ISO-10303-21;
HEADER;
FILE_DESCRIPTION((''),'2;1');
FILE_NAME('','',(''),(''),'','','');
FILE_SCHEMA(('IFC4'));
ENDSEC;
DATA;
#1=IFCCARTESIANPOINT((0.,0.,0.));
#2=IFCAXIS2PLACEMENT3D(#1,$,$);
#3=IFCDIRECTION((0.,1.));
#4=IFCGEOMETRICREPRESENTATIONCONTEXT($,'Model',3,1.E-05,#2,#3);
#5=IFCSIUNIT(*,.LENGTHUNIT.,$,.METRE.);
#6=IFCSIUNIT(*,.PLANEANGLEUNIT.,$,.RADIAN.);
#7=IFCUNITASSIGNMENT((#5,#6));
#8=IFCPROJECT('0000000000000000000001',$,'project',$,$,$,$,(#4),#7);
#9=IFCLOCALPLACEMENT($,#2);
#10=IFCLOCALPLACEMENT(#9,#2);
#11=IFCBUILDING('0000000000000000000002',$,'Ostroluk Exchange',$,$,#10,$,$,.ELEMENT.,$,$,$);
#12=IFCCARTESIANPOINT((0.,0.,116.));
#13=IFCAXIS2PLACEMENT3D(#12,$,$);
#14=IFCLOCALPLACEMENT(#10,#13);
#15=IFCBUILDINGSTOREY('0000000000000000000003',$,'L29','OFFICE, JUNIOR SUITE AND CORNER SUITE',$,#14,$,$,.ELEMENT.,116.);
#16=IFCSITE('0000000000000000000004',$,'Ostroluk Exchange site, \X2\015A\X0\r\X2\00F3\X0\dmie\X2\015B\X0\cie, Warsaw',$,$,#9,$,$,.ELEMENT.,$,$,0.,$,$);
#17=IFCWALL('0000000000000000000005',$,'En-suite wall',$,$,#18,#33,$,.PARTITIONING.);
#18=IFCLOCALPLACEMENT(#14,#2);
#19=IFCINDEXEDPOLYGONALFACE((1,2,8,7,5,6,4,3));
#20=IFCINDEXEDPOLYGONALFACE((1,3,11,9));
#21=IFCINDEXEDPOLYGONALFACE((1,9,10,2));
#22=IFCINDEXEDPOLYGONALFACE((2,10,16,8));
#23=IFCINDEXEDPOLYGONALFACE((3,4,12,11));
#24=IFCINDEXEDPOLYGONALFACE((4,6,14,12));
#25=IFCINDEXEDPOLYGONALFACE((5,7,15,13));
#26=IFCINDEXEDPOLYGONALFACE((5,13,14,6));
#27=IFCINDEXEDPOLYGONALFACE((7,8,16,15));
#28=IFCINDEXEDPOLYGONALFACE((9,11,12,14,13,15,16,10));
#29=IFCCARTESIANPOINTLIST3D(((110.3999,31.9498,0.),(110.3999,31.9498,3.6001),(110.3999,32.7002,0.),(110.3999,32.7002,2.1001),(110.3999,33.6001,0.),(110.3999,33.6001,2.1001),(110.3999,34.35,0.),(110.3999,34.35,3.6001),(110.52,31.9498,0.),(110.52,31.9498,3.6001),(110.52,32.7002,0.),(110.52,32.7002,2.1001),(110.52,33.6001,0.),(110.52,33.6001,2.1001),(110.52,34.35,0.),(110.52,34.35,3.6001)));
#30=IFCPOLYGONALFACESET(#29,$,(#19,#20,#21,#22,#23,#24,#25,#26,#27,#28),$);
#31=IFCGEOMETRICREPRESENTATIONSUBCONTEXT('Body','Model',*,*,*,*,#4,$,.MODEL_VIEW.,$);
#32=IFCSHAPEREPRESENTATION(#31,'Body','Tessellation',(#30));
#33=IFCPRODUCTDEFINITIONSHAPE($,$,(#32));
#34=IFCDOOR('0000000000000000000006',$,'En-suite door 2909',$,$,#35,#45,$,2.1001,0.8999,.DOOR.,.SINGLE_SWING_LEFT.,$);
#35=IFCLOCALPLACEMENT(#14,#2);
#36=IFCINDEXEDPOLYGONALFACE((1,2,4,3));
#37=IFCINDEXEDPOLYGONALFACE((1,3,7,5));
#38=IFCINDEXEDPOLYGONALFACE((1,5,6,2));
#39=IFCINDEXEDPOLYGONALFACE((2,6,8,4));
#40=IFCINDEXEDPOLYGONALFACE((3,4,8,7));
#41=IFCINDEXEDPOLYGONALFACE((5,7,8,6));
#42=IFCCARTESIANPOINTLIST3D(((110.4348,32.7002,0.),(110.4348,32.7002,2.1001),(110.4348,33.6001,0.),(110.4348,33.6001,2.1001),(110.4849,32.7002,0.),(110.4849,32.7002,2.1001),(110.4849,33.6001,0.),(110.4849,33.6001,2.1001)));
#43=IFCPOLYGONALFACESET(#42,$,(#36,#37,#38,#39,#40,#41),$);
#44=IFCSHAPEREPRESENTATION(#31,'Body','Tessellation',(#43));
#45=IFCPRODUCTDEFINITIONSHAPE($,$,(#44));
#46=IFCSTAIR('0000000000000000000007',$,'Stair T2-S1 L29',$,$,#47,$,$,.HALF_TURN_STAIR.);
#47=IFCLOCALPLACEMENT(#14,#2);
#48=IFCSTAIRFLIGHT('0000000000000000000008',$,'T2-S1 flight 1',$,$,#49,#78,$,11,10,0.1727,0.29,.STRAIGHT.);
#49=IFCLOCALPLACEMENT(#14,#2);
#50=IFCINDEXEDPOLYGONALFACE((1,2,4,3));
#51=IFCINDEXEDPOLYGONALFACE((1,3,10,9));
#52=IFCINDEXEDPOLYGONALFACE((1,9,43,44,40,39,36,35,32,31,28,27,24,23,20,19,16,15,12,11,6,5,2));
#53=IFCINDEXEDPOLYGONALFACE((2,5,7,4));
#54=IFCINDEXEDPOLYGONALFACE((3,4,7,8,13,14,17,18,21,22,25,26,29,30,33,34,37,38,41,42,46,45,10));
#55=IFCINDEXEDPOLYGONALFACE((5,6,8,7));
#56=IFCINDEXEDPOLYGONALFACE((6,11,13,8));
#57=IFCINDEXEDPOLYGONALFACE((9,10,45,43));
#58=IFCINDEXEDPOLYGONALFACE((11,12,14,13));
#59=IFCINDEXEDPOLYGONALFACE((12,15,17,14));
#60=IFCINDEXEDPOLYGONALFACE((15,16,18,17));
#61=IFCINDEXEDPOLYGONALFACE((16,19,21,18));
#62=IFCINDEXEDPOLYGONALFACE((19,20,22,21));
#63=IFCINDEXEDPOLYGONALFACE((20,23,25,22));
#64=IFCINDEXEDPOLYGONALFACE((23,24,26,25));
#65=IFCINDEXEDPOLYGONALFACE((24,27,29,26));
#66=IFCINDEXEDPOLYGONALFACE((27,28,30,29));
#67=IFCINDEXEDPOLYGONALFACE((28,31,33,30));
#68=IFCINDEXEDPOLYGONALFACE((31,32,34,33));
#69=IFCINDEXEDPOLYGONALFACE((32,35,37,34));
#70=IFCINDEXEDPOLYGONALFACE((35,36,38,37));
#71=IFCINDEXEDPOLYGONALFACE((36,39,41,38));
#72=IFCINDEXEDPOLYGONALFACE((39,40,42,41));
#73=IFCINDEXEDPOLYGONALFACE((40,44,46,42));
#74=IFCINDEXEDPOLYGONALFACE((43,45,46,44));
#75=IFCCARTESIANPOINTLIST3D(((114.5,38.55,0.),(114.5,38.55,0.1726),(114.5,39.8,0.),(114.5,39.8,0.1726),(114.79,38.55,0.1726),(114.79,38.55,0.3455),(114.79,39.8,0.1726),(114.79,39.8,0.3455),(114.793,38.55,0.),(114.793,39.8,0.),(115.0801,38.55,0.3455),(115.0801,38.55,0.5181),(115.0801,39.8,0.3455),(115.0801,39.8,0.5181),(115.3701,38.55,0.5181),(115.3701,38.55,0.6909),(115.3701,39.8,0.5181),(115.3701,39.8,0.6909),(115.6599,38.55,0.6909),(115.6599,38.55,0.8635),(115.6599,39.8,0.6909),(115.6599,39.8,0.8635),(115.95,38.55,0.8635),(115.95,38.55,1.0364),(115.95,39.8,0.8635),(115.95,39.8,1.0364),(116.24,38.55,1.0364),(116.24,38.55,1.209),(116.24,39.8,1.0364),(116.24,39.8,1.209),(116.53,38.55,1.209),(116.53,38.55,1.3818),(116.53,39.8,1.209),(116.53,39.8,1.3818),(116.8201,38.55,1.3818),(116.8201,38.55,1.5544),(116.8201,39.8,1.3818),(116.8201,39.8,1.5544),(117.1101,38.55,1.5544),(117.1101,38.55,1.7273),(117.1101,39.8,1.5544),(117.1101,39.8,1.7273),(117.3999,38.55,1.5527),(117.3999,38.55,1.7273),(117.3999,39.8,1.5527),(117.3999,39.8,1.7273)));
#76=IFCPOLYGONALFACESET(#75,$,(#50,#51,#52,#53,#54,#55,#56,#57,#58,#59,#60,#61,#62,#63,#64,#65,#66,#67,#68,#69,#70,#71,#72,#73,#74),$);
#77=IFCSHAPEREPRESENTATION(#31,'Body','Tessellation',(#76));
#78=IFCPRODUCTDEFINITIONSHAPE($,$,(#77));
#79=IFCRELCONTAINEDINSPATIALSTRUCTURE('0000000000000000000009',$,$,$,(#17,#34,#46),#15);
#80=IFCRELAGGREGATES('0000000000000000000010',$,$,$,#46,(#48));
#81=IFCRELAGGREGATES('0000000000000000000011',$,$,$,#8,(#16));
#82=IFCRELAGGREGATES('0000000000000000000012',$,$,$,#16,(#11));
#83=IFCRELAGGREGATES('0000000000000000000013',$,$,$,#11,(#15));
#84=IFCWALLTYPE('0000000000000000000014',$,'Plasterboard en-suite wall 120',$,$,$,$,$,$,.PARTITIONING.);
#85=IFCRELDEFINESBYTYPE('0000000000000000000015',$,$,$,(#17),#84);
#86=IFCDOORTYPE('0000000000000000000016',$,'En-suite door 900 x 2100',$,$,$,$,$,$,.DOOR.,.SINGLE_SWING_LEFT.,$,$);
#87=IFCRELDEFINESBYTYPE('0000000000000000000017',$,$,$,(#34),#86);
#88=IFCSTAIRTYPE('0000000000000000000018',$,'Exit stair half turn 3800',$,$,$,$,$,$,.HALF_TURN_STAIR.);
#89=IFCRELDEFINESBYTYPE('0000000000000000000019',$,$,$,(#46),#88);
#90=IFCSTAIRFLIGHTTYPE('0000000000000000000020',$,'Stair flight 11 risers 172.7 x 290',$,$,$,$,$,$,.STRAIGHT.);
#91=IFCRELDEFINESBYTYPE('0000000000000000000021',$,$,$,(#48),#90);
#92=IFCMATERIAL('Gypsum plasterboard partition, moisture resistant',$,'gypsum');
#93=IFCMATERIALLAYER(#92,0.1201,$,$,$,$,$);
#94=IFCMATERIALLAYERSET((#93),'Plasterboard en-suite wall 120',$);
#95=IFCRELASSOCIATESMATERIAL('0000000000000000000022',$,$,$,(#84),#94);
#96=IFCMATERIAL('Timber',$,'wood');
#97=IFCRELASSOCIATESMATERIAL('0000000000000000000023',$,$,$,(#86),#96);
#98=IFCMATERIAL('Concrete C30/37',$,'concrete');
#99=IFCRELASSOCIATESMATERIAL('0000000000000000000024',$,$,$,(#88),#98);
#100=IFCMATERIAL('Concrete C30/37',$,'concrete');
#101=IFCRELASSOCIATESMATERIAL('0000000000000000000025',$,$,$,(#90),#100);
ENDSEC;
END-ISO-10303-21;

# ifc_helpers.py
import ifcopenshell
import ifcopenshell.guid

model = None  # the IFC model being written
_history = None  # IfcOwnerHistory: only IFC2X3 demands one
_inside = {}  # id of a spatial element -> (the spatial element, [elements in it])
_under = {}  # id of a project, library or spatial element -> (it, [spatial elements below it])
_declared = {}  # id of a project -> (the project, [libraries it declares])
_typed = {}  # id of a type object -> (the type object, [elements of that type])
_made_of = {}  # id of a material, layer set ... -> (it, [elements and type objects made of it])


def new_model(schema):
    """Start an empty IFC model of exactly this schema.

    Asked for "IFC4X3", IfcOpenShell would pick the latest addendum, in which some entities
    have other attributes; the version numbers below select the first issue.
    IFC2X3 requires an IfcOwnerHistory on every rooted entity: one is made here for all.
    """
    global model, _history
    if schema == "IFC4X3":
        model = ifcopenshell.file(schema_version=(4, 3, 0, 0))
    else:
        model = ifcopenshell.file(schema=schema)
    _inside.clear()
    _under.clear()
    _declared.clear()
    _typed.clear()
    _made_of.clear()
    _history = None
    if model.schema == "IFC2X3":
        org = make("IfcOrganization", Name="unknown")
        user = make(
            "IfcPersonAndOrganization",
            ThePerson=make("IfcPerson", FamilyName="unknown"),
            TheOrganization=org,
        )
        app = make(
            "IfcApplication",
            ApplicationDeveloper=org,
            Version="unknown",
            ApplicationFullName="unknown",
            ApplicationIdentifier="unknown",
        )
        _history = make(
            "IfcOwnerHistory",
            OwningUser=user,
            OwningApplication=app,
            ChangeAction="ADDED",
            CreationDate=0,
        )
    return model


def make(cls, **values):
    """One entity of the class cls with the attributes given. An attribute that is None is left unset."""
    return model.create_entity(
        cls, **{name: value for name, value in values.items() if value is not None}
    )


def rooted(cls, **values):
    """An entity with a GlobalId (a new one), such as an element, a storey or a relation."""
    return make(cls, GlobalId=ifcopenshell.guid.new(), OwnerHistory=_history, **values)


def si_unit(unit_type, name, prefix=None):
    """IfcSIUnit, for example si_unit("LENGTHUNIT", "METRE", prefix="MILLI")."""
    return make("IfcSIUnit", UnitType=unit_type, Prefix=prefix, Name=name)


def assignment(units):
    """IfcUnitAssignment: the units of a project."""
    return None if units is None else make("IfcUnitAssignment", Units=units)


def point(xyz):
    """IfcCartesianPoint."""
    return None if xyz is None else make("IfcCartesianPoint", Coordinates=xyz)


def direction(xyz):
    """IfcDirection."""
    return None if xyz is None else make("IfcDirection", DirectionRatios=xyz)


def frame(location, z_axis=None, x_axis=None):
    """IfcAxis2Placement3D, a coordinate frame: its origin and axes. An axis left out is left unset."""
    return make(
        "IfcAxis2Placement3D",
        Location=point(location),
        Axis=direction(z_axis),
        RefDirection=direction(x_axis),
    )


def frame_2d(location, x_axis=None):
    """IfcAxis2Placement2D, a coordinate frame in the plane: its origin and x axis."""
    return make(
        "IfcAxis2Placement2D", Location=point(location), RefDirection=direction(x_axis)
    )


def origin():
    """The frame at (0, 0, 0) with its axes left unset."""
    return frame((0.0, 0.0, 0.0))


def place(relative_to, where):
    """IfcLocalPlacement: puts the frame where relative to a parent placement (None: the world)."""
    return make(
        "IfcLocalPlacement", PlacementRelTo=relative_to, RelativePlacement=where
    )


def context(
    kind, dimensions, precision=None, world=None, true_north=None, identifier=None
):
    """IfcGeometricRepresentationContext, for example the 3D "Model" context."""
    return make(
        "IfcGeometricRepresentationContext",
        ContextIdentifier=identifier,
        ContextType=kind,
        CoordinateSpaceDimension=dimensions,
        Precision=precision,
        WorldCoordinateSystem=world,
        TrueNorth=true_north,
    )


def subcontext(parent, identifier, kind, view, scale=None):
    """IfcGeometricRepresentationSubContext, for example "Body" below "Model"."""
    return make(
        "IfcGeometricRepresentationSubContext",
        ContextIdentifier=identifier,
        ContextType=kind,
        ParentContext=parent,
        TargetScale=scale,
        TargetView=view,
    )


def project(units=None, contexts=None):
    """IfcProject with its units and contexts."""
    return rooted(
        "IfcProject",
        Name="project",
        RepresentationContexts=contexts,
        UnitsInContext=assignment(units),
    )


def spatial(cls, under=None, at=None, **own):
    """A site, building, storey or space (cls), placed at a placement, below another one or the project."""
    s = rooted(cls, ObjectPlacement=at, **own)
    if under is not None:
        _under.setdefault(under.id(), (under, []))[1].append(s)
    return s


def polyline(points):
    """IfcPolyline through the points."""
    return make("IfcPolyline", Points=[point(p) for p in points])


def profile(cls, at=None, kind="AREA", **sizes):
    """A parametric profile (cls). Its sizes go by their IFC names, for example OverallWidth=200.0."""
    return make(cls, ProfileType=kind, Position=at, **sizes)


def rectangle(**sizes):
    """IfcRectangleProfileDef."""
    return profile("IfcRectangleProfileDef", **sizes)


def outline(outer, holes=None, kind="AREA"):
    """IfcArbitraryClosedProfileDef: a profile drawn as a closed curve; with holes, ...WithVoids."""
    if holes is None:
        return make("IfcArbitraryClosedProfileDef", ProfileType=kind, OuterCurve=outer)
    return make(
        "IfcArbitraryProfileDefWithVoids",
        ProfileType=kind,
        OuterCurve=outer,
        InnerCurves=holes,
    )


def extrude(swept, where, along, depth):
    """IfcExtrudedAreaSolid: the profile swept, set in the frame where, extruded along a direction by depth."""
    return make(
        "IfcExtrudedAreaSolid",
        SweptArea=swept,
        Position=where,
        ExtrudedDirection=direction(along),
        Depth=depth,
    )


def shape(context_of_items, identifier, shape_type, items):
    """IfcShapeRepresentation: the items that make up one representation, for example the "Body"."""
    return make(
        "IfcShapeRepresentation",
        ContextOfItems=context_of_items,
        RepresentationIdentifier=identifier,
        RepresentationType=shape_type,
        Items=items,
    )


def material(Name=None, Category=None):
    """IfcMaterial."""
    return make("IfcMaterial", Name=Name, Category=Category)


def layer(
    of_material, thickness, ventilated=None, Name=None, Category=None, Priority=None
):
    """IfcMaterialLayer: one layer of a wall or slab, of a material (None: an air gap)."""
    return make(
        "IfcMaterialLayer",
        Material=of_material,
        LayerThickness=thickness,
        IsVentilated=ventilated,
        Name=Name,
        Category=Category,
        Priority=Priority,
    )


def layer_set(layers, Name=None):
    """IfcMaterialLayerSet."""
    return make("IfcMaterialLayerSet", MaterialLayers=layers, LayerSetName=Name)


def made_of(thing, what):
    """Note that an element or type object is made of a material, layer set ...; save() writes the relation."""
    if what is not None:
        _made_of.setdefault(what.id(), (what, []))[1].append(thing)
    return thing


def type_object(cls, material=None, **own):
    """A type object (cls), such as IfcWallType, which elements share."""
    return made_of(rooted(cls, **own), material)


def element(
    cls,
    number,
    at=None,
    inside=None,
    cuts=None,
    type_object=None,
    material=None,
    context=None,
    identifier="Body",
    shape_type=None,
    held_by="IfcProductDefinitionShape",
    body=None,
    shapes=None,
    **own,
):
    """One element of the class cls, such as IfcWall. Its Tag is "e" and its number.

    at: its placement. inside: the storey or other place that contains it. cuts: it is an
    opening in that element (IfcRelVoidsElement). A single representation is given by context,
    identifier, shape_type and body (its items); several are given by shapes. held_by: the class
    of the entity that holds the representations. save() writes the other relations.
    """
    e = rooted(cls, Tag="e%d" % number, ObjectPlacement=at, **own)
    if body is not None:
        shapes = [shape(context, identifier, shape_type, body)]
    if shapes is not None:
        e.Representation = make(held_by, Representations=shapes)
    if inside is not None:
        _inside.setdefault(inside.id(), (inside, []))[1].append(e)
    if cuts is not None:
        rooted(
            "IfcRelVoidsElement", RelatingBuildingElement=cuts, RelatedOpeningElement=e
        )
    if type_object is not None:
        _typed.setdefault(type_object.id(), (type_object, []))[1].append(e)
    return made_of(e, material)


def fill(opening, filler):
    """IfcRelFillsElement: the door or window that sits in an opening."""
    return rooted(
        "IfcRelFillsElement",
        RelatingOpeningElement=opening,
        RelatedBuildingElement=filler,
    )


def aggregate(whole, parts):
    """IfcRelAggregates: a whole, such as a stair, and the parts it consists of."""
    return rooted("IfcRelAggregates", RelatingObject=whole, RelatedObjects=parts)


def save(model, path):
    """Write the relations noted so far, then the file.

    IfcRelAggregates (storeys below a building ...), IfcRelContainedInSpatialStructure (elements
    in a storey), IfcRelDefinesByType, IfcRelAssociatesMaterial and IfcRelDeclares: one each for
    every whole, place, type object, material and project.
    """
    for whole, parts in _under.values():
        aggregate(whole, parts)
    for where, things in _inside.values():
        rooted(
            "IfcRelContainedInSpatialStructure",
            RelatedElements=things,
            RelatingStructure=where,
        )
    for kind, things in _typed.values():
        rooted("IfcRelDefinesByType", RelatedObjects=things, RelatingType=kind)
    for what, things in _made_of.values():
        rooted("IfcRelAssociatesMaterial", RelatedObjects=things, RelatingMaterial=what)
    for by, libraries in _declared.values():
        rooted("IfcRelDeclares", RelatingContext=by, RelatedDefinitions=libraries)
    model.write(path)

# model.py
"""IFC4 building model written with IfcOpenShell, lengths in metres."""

from ifc_helpers import new_model, si_unit, direction, frame, frame_2d, origin, place, context, subcontext, project, spatial, polyline, rectangle, outline, extrude, material, layer, layer_set, type_object, element, fill, aggregate, save


model = new_model("IFC4")

# Units and contexts
model_context = context("Model", 3, precision=1e-05, world=origin(), true_north=direction((0.0, 1.0)))
body_context = subcontext(model_context, "Body", "Model", "MODEL_VIEW")
ifc_project = project(units=[si_unit("LENGTHUNIT", "METRE"), si_unit("PLANEANGLEUNIT", "RADIAN")], contexts=[model_context])

# Site, building, storey
site_placement = place(None, origin())
site = spatial("IfcSite", under=ifc_project, at=site_placement, Name="Ostroluk Exchange site, Śródmieście, Warsaw", CompositionType="ELEMENT", RefElevation=0.0)
building_placement = place(site_placement, origin())
building = spatial("IfcBuilding", under=site, at=building_placement, Name="Ostroluk Exchange", CompositionType="ELEMENT")
storey_placement = place(building_placement, frame((0.0, 0.0, 116.0)))
storey = spatial("IfcBuildingStorey", under=building, at=storey_placement, Name="L29", Description="OFFICE, JUNIOR SUITE AND CORNER SUITE", CompositionType="ELEMENT", Elevation=116.0)

# Wall, opening, door
ifc_material_1 = material(Name="Gypsum plasterboard partition, moisture resistant", Category="gypsum")
ifc_layer_1 = layer(ifc_material_1, 0.1201)
ifc_layer_set_1 = layer_set([ifc_layer_1], Name="Plasterboard en-suite wall 120")
wall_type_1 = type_object("IfcWallType", Name="Plasterboard en-suite wall 120", PredefinedType="PARTITIONING", material=ifc_layer_set_1)
wall_1_placement = place(storey_placement, frame((110.46, 34.3501, 0.0), z_axis=(0.0, 0.0, 1.0), x_axis=(0.0, -1.0, 0.0)))
wall_1 = element("IfcWall", 1, at=wall_1_placement, inside=storey, type_object=wall_type_1, Name="En-suite wall", PredefinedType="PARTITIONING", context=body_context, shape_type="SweptSolid", body=[
    extrude(rectangle(XDim=2.4001, YDim=0.1201, at=frame_2d((1.2002, 0.0))), origin(), (0.0, 0.0, 1.0), 3.6001),
])
opening_1_placement = place(wall_1_placement, frame((0.75, 0.0, 0.0)))
opening_1 = element("IfcOpeningElement", 2, at=opening_1_placement, cuts=wall_1, PredefinedType="OPENING", context=body_context, shape_type="SweptSolid", body=[
    extrude(rectangle(XDim=0.8999, YDim=2.1001, at=frame_2d((0.45, 1.05))), frame((0.0, 0.0701, 0.0), z_axis=(0.0, -1.0, 0.0), x_axis=(1.0, 0.0, 0.0)), (0.0, 0.0, 1.0), 0.1401),
])
ifc_material_2 = material(Name="Timber", Category="wood")
door_type_1 = type_object("IfcDoorType", Name="En-suite door 900 x 2100", OperationType="SINGLE_SWING_LEFT", PredefinedType="DOOR", material=ifc_material_2)
door_1_placement = place(opening_1_placement, origin())
door_1 = element("IfcDoor", 3, at=door_1_placement, inside=storey, type_object=door_type_1, Name="En-suite door 2909", OperationType="SINGLE_SWING_LEFT", OverallHeight=2.1001, OverallWidth=0.8999, PredefinedType="DOOR", context=body_context, shape_type="SweptSolid", body=[
    extrude(rectangle(XDim=0.8999, YDim=2.1001, at=frame_2d((0.45, 1.05))), frame((0.0, 0.0249, 0.0), z_axis=(0.0, -1.0, 0.0), x_axis=(1.0, 0.0, 0.0)), (0.0, 0.0, 1.0), 0.05),
])
fill(opening_1, door_1)

# Stair, stair flight
ifc_material_3 = material(Name="Concrete C30/37", Category="concrete")
stair_type = type_object("IfcStairType", Name="Exit stair half turn 3800", PredefinedType="HALF_TURN_STAIR", material=ifc_material_3)
stair_placement = place(storey_placement, origin())
stair = element("IfcStair", 4, at=stair_placement, inside=storey, type_object=stair_type, Name="Stair T2-S1 L29", PredefinedType="HALF_TURN_STAIR")
ifc_material_4 = material(Name="Concrete C30/37", Category="concrete")
stair_flight_type = type_object("IfcStairFlightType", Name="Stair flight 11 risers 172.7 x 290", PredefinedType="STRAIGHT", material=ifc_material_4)
stair_flight_placement = place(storey_placement, frame((114.5, 39.175, 0.0), z_axis=(0.0, 0.0, 1.0), x_axis=(1.0, 0.0, 0.0)))
stair_flight = element("IfcStairFlight", 5, at=stair_flight_placement, type_object=stair_flight_type, Name="T2-S1 flight 1", NumberOfRisers=11, NumberOfTreads=10, PredefinedType="STRAIGHT", RiserHeight=0.1727, TreadLength=0.29, context=body_context, shape_type="SweptSolid", body=[
    extrude(outline(polyline([(0.0, 0.0), (0.0, 0.1726), (0.29, 0.1726), (0.29, 0.3455), (0.5801, 0.3455), (0.5801, 0.5181), (0.8701, 0.5181), (0.8701, 0.6909), (1.1599, 0.6909), (1.1599, 0.8635), (1.45, 0.8635), (1.45, 1.0364), (1.74, 1.0364), (1.74, 1.209), (2.03, 1.209), (2.03, 1.3818), (2.3201, 1.3818), (2.3201, 1.5544), (2.6101, 1.5544), (2.6101, 1.7273), (2.8999, 1.7273), (2.8999, 1.8999), (2.8999, 1.5527), (0.293, 0.0), (0.0, 0.0)])), frame((0.0, 0.625, 0.0), z_axis=(0.0, -1.0, 0.0), x_axis=(1.0, 0.0, 0.0)), (0.0, 0.0, 1.0), 1.25),
])
aggregate(stair, [stair_flight])

save(model, "model.ifc")
